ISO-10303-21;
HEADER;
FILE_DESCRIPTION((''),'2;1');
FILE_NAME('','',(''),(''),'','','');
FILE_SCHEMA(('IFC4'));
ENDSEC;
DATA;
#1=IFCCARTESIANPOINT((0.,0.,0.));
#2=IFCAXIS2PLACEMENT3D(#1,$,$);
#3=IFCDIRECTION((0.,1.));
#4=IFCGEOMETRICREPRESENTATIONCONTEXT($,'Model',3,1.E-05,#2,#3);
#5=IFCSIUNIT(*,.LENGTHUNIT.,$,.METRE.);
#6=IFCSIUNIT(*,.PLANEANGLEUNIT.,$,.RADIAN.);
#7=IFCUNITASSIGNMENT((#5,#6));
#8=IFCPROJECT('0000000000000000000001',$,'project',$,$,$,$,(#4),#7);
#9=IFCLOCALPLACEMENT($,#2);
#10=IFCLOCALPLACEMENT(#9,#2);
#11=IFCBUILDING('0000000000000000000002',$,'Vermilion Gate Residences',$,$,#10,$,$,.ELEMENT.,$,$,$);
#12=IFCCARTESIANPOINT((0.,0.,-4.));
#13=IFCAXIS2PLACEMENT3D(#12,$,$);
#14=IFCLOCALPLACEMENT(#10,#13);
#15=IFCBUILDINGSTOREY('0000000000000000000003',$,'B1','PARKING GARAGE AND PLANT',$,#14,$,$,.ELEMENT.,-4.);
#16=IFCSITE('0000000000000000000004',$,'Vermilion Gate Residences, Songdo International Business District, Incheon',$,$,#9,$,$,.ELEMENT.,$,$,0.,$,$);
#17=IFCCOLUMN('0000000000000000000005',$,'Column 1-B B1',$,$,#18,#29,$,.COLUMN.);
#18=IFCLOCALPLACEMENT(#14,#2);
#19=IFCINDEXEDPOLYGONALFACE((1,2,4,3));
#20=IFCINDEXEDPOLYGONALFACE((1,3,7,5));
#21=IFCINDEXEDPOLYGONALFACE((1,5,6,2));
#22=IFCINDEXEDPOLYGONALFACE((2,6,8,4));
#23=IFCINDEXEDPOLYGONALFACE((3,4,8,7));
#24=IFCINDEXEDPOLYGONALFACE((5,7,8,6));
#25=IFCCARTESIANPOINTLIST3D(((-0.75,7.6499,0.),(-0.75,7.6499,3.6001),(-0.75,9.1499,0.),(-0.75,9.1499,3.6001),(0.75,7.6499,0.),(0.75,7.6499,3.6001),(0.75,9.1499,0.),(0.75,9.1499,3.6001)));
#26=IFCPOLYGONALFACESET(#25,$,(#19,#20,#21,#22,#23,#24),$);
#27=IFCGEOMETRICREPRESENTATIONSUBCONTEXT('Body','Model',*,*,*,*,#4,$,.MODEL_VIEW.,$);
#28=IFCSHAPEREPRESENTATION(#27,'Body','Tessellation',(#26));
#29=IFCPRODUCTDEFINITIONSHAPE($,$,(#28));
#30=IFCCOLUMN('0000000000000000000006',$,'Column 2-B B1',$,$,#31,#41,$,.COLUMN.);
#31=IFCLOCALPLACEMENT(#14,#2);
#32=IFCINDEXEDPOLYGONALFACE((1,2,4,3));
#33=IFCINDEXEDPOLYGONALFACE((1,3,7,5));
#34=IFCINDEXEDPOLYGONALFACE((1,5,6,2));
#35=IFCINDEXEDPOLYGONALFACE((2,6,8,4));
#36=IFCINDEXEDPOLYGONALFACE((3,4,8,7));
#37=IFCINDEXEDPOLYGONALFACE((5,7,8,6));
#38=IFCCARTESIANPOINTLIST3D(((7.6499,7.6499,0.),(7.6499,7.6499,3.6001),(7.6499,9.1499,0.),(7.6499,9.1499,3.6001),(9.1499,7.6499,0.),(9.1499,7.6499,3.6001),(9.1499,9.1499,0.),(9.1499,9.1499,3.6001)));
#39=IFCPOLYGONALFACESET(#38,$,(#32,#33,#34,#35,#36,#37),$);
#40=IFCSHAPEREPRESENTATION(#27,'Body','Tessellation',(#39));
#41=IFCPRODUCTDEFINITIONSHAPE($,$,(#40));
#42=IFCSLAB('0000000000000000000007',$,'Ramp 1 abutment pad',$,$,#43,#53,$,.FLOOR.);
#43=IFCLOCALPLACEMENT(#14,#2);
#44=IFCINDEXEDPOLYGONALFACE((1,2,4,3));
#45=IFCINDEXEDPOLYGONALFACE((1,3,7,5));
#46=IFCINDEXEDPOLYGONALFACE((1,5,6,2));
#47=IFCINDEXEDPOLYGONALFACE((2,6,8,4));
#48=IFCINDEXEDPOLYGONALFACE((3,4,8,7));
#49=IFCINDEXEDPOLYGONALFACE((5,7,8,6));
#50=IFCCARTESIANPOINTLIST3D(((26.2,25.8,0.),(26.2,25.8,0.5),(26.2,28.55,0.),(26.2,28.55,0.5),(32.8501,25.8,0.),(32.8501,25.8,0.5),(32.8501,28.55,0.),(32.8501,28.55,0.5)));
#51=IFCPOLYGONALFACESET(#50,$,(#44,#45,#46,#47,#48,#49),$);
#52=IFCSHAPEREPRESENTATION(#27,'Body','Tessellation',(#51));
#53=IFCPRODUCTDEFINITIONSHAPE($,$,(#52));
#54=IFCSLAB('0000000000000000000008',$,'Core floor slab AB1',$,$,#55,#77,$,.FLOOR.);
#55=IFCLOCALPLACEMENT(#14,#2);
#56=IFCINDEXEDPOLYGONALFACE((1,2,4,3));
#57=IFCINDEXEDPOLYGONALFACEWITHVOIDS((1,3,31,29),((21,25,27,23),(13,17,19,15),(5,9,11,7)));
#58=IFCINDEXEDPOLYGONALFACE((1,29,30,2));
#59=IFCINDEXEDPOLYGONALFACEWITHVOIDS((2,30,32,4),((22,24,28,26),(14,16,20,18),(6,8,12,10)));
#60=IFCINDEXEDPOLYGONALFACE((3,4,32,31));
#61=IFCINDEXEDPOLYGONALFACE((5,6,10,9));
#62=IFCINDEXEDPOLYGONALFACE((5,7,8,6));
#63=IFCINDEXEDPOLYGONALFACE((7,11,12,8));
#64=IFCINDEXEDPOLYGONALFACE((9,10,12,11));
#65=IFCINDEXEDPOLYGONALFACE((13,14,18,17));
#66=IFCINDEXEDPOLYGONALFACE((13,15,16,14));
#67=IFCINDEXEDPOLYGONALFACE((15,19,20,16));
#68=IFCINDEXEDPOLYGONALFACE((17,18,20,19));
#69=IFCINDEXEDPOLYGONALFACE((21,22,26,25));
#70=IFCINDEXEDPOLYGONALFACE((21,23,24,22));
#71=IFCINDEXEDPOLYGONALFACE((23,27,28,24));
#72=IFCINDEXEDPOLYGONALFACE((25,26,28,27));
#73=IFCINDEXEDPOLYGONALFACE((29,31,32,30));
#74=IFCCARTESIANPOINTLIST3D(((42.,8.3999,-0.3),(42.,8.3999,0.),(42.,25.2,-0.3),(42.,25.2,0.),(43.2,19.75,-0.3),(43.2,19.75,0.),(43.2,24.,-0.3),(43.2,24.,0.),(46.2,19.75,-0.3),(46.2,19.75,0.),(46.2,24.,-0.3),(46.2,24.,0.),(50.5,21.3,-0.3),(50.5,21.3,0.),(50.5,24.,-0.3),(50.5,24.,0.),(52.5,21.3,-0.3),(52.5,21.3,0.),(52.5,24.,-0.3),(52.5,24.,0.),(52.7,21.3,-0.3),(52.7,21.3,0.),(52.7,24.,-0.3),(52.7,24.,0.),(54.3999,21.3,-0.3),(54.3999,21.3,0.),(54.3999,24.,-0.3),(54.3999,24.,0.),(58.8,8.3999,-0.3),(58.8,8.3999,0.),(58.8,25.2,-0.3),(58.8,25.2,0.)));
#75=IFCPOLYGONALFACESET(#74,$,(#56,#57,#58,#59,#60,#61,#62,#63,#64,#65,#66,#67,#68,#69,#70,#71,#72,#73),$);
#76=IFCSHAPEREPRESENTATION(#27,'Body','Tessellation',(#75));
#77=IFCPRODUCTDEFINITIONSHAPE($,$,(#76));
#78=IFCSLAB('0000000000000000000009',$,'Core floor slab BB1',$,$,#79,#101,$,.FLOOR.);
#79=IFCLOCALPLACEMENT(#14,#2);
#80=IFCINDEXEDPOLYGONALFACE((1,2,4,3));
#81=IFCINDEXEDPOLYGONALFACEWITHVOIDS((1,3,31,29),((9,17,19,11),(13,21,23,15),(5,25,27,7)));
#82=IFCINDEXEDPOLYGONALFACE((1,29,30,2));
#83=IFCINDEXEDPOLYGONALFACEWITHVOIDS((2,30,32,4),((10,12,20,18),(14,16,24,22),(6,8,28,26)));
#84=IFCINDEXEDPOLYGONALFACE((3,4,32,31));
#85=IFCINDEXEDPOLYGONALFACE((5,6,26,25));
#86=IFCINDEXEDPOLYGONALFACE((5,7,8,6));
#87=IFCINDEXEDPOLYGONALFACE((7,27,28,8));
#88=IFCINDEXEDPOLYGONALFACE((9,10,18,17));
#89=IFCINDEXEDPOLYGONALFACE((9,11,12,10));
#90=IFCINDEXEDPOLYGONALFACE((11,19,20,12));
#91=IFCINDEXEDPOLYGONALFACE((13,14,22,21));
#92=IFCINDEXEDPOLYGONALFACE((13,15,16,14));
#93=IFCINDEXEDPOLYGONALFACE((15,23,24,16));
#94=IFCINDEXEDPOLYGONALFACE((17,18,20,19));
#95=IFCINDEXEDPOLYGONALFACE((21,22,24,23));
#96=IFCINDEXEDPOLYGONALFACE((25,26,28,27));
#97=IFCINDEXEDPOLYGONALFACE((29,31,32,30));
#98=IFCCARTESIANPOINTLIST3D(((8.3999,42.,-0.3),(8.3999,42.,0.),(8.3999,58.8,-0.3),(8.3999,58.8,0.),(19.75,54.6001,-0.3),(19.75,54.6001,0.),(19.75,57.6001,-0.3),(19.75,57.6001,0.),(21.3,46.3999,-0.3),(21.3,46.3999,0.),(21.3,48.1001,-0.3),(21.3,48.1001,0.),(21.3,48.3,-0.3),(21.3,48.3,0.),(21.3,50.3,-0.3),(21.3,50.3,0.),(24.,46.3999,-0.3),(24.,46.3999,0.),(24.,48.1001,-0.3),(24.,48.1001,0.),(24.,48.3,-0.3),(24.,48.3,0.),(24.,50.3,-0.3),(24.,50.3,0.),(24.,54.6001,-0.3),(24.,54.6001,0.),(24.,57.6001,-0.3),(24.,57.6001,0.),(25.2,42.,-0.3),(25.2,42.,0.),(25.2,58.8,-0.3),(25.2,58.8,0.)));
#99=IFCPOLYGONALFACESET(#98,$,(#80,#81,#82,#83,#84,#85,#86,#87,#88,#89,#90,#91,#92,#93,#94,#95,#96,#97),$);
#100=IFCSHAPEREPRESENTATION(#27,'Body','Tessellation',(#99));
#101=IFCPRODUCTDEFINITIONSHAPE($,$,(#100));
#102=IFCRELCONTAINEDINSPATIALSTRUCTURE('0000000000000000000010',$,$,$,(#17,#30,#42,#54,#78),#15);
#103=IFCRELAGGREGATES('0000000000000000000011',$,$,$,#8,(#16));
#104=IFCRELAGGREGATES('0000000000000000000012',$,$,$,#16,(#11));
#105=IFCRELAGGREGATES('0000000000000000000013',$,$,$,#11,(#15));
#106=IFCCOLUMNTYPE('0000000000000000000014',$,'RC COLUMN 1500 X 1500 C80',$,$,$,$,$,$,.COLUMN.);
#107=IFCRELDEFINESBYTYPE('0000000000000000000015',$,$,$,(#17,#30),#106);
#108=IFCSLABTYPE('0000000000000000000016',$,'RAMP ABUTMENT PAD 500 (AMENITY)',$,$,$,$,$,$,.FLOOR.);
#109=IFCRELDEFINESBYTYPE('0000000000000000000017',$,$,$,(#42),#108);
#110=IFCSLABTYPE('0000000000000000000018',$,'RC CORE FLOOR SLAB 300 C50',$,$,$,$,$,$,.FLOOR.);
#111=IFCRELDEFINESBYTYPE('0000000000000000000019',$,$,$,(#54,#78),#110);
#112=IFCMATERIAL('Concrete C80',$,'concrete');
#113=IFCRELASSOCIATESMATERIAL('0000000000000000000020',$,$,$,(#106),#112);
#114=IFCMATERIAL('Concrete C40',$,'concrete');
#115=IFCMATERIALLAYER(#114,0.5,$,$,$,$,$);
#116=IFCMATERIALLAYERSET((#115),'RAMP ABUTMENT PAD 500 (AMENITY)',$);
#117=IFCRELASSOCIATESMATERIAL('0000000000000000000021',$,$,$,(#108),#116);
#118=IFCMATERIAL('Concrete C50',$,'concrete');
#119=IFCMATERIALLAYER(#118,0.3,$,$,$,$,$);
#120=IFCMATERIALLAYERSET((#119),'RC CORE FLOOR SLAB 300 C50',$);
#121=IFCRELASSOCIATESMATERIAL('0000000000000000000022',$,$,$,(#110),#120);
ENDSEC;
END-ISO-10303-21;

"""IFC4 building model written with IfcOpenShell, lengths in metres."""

from ifc_helpers import new_model, si_unit, direction, frame, origin, origin_2d, place, context, subcontext, project, spatial, polyline, rectangle, outline, extrude, material, layer, layer_set, material_profile, profile_set, type_object, element, save


model = new_model("IFC4")

# Units and contexts
model_context = context("Model", 3, precision=1e-05, world=origin(), true_north=direction((0.0, 1.0)))
body_context = subcontext(model_context, "Body", "Model", "MODEL_VIEW")
ifc_project = project(units=[si_unit("LENGTHUNIT", "METRE"), si_unit("PLANEANGLEUNIT", "RADIAN")], contexts=[model_context])

# Site, building, storey
site_placement = place(None, origin())
site = spatial("IfcSite", under=ifc_project, at=site_placement, Name="Vermilion Gate Residences, Songdo International Business District, Incheon", CompositionType="ELEMENT", RefElevation=0.0)
building_placement = place(site_placement, origin())
building = spatial("IfcBuilding", under=site, at=building_placement, Name="Vermilion Gate Residences", CompositionType="ELEMENT")
storey_placement = place(building_placement, frame((0.0, 0.0, -4.0)))
storey = spatial("IfcBuildingStorey", under=building, at=storey_placement, Name="B1", Description="PARKING GARAGE AND PLANT", CompositionType="ELEMENT", Elevation=-4.0)

# Columns
ifc_material_1 = material(Name="Concrete C80", Category="concrete")
ifc_material_profile = material_profile(ifc_material_1, rectangle(XDim=1.5, YDim=1.5, at=origin_2d()), Name="RC-1500x1500")
ifc_profile_set = profile_set([ifc_material_profile], Name="Concrete C80")
column_type = type_object("IfcColumnType", Name="RC COLUMN 1500 X 1500 C80", PredefinedType="COLUMN", material=ifc_profile_set)
for number, where, z_axis, x_axis, name in (
    (1, (0.0, 8.3999, 0.0), (0.0, 0.0, 1.0), (1.0, 0.0, 0.0), "Column 1-B B1"),
    (2, (8.3999, 8.3999, 0.0), (0.0, 0.0, 1.0), (1.0, 0.0, 0.0), "Column 2-B B1"),
):
    element("IfcColumn", number, at=place(storey_placement, frame(where, z_axis=z_axis, x_axis=x_axis)), inside=storey, type_object=column_type, Name=name, PredefinedType="COLUMN", context=body_context, shape_type="SweptSolid", body=[
        extrude(rectangle(XDim=1.5, YDim=1.5, at=origin_2d()), origin(), (0.0, 0.0, 1.0), 3.6001),
    ])

# Slabs
ifc_material_2 = material(Name="Concrete C40", Category="concrete")
ifc_layer_1 = layer(ifc_material_2, 0.5)
ifc_layer_set_1 = layer_set([ifc_layer_1], Name="RAMP ABUTMENT PAD 500 (AMENITY)")
slab_type_1 = type_object("IfcSlabType", Name="RAMP ABUTMENT PAD 500 (AMENITY)", PredefinedType="FLOOR", material=ifc_layer_set_1)
slab_1_placement = place(storey_placement, origin())
element("IfcSlab", 3, at=slab_1_placement, inside=storey, type_object=slab_type_1, Name="Ramp 1 abutment pad", PredefinedType="FLOOR", context=body_context, shape_type="SweptSolid", body=[
    extrude(outline(polyline([(26.2, 25.8), (32.8501, 25.8), (32.8501, 28.55), (26.2, 28.55), (26.2, 25.8)])), origin(), (0.0, 0.0, 1.0), 0.5),
])
ifc_material_3 = material(Name="Concrete C50", Category="concrete")
ifc_layer_2 = layer(ifc_material_3, 0.3)
ifc_layer_set_2 = layer_set([ifc_layer_2], Name="RC CORE FLOOR SLAB 300 C50")
slab_type_2 = type_object("IfcSlabType", Name="RC CORE FLOOR SLAB 300 C50", PredefinedType="FLOOR", material=ifc_layer_set_2)
slab_2_placement = place(storey_placement, frame((0.0, 0.0, -0.3)))
element("IfcSlab", 4, at=slab_2_placement, inside=storey, type_object=slab_type_2, Name="Core floor slab AB1", PredefinedType="FLOOR", context=body_context, shape_type="SweptSolid", body=[
    extrude(outline(polyline([(42.0, 8.3999), (58.8, 8.3999), (58.8, 25.2), (42.0, 25.2), (42.0, 8.3999)]), holes=[polyline([(46.2, 19.75), (43.2, 19.75), (43.2, 24.0), (46.2, 24.0), (46.2, 19.75)]), polyline([(50.5, 21.3), (50.5, 24.0), (52.5, 24.0), (52.5, 21.3), (50.5, 21.3)]), polyline([(52.7, 21.3), (52.7, 24.0), (54.3999, 24.0), (54.3999, 21.3), (52.7, 21.3)])]), origin(), (0.0, 0.0, 1.0), 0.3),
])
slab_3_placement = place(storey_placement, frame((0.0, 0.0, -0.3)))
element("IfcSlab", 5, at=slab_3_placement, inside=storey, type_object=slab_type_2, Name="Core floor slab BB1", PredefinedType="FLOOR", context=body_context, shape_type="SweptSolid", body=[
    extrude(outline(polyline([(8.3999, 42.0), (25.2, 42.0), (25.2, 58.8), (8.3999, 58.8), (8.3999, 42.0)]), holes=[polyline([(24.0, 46.3999), (21.3, 46.3999), (21.3, 48.1001), (24.0, 48.1001), (24.0, 46.3999)]), polyline([(21.3, 48.3), (21.3, 50.3), (24.0, 50.3), (24.0, 48.3), (21.3, 48.3)]), polyline([(19.75, 54.6001), (19.75, 57.6001), (24.0, 57.6001), (24.0, 54.6001), (19.75, 54.6001)])]), origin(), (0.0, 0.0, 1.0), 0.3),
])

save(model, "model.ifc")
